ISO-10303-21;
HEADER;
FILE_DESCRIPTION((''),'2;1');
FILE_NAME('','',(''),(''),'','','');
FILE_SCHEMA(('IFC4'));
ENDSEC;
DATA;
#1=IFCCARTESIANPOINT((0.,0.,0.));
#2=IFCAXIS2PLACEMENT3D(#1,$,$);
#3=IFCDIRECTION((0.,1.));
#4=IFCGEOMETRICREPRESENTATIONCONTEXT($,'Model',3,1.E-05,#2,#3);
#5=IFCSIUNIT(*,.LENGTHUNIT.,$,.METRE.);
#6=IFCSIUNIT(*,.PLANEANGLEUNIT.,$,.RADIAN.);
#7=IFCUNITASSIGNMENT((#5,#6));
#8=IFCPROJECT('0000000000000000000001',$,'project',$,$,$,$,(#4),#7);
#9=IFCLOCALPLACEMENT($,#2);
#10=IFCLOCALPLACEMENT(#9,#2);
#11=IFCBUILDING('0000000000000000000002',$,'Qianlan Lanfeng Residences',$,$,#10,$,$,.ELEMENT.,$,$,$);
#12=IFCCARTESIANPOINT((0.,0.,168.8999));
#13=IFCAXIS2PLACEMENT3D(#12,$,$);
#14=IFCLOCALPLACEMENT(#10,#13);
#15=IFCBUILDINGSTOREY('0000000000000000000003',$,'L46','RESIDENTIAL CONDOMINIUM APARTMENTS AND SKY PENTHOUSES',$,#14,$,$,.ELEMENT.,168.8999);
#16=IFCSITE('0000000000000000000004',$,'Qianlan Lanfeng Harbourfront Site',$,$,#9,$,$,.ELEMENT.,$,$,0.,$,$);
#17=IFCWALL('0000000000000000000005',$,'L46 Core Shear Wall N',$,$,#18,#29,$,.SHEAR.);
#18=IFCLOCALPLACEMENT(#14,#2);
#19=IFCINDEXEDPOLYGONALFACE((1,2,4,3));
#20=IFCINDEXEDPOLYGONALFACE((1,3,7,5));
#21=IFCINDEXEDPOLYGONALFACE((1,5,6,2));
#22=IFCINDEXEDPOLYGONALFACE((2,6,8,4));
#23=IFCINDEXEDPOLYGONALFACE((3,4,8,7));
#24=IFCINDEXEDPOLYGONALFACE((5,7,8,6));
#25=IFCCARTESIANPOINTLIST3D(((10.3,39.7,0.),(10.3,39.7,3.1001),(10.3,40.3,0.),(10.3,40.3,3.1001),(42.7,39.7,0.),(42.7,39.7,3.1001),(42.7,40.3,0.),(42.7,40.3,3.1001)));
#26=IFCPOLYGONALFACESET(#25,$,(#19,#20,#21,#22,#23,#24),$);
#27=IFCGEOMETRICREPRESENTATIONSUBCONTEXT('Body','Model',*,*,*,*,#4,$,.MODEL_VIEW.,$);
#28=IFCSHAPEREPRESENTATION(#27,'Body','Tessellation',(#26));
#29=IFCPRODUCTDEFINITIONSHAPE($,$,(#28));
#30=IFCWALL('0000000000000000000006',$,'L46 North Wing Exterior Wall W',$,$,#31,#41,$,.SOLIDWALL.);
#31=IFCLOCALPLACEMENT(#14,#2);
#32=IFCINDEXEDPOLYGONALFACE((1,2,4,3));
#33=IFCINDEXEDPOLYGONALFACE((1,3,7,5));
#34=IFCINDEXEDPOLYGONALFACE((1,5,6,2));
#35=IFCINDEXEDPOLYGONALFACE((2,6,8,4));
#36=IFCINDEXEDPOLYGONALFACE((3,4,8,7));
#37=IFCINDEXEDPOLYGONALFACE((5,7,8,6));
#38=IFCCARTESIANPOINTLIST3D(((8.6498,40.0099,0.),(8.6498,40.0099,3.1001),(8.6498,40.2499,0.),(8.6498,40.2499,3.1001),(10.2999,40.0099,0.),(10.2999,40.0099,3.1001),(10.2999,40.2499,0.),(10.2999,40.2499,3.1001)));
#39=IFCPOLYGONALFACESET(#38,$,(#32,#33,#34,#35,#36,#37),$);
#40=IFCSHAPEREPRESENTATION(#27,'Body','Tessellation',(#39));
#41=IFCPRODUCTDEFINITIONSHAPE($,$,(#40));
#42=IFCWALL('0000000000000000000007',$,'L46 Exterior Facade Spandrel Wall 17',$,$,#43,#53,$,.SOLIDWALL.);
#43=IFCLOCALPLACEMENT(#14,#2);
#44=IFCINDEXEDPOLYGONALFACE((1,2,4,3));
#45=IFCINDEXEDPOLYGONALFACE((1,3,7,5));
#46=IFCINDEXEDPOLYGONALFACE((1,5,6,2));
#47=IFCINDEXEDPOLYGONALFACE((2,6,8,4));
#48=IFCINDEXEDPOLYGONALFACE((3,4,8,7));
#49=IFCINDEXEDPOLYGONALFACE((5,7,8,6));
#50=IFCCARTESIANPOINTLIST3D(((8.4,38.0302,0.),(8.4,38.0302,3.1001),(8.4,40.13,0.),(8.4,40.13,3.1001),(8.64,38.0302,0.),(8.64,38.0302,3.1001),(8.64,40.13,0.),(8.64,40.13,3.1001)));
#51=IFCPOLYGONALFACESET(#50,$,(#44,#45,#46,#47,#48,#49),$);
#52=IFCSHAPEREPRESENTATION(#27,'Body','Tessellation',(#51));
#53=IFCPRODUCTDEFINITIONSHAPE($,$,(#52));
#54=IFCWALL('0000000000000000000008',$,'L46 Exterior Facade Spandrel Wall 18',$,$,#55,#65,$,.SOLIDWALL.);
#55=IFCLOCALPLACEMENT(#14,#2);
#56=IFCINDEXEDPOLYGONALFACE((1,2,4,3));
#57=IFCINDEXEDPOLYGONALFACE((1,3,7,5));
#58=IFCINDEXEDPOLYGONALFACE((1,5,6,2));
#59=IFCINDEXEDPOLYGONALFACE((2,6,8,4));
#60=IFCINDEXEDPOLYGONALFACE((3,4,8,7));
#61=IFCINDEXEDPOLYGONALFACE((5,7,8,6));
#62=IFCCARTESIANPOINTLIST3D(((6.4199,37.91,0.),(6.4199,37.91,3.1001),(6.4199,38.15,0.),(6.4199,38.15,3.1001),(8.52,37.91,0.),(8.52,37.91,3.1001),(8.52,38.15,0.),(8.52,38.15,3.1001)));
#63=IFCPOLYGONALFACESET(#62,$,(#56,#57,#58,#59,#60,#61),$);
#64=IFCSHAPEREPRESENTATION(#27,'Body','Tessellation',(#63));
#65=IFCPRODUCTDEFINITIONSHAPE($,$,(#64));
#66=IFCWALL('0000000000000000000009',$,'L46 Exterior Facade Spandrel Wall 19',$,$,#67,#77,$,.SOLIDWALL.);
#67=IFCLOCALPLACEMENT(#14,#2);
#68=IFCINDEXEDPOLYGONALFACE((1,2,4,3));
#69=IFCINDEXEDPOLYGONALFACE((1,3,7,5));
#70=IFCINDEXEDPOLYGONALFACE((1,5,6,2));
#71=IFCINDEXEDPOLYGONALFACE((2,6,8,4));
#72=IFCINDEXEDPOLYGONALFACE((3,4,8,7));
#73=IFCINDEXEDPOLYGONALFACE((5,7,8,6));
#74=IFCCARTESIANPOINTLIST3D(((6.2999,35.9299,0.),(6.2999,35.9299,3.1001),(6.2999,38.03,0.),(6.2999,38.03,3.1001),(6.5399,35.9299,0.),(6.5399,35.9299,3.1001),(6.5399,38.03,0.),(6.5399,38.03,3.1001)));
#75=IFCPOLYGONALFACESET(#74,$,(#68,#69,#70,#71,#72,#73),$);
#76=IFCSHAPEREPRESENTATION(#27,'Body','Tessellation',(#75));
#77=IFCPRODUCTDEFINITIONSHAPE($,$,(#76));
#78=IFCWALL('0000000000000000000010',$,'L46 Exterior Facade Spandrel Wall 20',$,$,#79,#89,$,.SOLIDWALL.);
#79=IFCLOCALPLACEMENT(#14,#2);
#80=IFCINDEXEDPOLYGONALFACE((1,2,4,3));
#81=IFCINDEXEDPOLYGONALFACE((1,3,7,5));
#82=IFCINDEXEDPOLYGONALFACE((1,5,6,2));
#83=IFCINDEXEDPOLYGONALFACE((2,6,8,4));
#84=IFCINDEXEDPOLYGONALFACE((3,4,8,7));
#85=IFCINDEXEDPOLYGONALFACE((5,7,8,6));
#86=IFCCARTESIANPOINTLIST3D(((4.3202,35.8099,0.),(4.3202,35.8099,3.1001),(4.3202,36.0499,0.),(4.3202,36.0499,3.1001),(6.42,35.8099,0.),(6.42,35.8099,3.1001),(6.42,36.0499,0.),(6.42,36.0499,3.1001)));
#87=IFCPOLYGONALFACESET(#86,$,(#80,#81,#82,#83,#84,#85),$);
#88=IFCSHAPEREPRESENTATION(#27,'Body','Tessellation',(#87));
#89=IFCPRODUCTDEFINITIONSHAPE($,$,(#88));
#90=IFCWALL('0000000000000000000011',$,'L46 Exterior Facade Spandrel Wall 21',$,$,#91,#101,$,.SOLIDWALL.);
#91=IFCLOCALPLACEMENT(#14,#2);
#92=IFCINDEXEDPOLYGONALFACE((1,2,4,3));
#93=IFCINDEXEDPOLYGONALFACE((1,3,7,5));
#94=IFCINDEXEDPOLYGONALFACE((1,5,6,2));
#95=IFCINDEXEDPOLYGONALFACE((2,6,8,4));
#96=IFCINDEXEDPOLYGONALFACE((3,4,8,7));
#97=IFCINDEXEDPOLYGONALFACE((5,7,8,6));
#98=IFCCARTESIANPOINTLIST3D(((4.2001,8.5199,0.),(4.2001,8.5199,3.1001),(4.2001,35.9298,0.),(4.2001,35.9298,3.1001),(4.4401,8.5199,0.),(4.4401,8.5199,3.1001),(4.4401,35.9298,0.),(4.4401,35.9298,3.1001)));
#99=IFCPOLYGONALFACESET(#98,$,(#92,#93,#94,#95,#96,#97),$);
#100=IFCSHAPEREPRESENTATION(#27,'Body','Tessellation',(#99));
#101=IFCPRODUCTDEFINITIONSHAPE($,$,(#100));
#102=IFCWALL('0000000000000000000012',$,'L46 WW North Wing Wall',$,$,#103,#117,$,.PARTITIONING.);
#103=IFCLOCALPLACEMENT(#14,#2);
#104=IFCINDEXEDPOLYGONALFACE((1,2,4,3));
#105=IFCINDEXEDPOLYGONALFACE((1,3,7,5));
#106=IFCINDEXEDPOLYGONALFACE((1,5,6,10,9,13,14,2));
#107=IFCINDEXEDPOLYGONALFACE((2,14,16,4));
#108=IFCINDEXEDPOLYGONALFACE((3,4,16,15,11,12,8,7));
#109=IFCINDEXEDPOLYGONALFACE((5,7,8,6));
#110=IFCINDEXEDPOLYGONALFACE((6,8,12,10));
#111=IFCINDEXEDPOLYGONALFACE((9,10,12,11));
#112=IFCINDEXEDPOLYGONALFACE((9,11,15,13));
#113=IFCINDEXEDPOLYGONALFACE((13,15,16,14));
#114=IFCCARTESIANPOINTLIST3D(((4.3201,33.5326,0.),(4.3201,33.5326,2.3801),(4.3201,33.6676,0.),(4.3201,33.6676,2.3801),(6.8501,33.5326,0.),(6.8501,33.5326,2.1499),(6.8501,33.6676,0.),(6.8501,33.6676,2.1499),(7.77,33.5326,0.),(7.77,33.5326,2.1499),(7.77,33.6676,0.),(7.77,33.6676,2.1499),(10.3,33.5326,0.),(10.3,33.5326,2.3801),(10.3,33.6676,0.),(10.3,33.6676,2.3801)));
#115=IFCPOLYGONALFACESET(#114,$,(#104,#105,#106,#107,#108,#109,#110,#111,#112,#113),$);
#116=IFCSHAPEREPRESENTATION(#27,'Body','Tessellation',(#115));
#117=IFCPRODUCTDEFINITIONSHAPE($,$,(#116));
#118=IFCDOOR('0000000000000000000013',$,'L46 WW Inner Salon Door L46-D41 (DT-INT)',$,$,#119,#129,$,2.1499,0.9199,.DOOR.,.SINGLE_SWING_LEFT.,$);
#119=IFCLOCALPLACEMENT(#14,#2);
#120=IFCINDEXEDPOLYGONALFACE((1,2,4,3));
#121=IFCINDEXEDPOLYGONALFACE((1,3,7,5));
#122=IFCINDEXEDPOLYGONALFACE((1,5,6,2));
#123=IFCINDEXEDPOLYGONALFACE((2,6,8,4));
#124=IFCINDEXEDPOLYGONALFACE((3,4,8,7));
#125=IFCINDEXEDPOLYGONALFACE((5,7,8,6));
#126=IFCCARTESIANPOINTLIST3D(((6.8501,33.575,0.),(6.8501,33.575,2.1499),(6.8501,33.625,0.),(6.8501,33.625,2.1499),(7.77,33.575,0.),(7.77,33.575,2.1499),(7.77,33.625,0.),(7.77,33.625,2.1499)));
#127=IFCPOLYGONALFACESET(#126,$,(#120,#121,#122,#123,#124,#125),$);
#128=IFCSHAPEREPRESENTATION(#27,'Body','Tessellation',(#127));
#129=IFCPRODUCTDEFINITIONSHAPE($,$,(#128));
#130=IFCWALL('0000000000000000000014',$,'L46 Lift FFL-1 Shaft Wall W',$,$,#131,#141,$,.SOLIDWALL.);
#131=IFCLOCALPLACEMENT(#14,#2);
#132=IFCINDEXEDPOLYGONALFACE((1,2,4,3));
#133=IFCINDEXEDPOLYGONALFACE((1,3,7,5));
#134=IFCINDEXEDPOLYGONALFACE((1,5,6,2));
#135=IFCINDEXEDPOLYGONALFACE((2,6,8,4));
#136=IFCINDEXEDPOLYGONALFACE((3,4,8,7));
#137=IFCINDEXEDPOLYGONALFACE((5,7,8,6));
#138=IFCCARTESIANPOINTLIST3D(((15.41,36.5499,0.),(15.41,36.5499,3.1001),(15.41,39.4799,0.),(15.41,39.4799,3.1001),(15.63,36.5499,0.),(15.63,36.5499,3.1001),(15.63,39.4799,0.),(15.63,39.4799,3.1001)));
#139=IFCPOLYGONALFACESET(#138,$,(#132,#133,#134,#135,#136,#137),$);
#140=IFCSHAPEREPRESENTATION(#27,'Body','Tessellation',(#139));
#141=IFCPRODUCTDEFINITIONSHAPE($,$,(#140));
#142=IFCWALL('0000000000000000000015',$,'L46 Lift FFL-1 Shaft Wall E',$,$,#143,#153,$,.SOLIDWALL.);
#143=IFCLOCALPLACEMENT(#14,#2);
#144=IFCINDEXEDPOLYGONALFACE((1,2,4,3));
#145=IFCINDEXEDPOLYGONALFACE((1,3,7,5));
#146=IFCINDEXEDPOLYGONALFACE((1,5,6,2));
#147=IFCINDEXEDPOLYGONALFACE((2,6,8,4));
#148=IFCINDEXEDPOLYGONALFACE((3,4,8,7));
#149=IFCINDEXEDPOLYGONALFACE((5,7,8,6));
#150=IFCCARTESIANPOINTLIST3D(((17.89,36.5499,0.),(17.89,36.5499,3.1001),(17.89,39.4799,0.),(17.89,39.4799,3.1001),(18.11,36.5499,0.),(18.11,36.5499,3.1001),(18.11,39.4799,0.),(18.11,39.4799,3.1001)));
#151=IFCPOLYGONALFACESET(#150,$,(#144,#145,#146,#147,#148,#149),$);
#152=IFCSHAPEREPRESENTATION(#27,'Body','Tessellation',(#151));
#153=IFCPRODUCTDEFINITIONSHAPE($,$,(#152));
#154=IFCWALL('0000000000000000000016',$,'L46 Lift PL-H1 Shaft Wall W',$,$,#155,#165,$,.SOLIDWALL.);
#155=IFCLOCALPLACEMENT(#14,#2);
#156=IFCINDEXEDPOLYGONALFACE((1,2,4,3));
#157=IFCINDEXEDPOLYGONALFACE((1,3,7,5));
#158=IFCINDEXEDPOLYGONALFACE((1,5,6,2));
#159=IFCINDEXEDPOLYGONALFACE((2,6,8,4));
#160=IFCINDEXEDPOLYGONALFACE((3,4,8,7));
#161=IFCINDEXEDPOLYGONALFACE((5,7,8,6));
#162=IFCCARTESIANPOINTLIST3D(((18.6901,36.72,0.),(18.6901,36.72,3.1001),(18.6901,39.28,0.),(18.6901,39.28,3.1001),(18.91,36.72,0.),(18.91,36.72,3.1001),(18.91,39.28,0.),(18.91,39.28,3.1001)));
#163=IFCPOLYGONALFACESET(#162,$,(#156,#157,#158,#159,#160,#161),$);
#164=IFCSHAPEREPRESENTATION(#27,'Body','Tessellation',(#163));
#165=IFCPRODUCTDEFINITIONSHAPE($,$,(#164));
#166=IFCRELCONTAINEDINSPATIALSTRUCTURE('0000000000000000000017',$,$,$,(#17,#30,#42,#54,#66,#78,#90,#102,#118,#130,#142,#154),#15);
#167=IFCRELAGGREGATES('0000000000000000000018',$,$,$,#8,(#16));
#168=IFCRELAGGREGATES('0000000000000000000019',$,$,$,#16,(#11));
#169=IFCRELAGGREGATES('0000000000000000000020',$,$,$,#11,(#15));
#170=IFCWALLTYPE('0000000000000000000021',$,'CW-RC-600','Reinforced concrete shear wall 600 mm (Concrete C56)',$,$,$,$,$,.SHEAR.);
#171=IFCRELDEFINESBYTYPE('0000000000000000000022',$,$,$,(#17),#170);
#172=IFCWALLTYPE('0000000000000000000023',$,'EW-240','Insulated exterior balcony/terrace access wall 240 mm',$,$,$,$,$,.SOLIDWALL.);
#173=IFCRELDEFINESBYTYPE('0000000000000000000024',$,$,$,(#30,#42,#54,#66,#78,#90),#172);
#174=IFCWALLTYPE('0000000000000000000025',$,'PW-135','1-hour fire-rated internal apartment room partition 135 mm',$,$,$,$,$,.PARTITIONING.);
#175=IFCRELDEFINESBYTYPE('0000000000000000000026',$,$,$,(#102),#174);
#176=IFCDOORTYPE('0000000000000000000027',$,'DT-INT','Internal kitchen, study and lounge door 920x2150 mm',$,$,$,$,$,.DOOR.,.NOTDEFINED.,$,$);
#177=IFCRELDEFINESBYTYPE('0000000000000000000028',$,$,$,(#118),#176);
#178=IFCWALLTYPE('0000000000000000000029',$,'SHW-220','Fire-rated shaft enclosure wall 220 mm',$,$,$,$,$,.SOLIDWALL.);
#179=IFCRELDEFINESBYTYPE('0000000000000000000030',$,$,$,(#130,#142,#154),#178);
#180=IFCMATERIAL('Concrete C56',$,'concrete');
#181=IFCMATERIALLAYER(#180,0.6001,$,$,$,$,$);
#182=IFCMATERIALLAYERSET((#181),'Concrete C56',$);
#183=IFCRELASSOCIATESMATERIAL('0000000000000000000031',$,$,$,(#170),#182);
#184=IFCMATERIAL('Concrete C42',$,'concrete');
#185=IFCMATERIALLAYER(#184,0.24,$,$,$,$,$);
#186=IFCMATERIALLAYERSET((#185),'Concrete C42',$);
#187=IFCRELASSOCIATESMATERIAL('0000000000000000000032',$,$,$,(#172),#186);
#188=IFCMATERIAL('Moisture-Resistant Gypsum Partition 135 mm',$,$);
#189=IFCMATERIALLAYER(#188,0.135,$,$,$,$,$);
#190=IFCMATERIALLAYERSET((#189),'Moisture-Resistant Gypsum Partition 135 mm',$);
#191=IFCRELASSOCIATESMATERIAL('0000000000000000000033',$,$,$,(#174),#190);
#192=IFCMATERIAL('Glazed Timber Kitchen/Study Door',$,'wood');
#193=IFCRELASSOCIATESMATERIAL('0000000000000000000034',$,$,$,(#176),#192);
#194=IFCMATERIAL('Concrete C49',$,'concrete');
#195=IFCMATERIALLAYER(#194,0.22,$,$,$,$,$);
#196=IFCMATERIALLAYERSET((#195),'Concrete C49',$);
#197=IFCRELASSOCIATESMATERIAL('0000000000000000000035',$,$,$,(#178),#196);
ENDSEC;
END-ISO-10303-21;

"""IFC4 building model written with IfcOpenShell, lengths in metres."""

from ifc_helpers import new_model, si_unit, direction, frame, frame_2d, origin, place, context, subcontext, project, spatial, rectangle, extrude, material, layer, layer_set, type_object, element, fill, save


model = new_model("IFC4")

# Units and contexts
model_context = context("Model", 3, precision=1e-05, world=origin(), true_north=direction((0.0, 1.0)))
body_context = subcontext(model_context, "Body", "Model", "MODEL_VIEW")
ifc_project = project(units=[si_unit("LENGTHUNIT", "METRE"), si_unit("PLANEANGLEUNIT", "RADIAN")], contexts=[model_context])

# Site, building, storey
site_placement = place(None, origin())
site = spatial("IfcSite", under=ifc_project, at=site_placement, Name="Qianlan Lanfeng Harbourfront Site", CompositionType="ELEMENT", RefElevation=0.0)
building_placement = place(site_placement, origin())
building = spatial("IfcBuilding", under=site, at=building_placement, Name="Qianlan Lanfeng Residences", CompositionType="ELEMENT")
storey_placement = place(building_placement, frame((0.0, 0.0, 168.8999)))
storey = spatial("IfcBuildingStorey", under=building, at=storey_placement, Name="L46", Description="RESIDENTIAL CONDOMINIUM APARTMENTS AND SKY PENTHOUSES", CompositionType="ELEMENT", Elevation=168.8999)

# Shared definitions
ifc_material_1 = material(Name="Concrete C56", Category="concrete")

# Walls
ifc_layer_1 = layer(ifc_material_1, 0.6001)
ifc_layer_set_1 = layer_set([ifc_layer_1], Name="Concrete C56")
wall_type_1 = type_object("IfcWallType", Name="CW-RC-600", Description="Reinforced concrete shear wall 600 mm (Concrete C56)", PredefinedType="SHEAR", material=ifc_layer_set_1)
wall_1_placement = place(storey_placement, frame((10.3, 40.0, 0.0), z_axis=(0.0, 0.0, 1.0), x_axis=(1.0, 0.0, 0.0)))
element("IfcWall", 1, at=wall_1_placement, inside=storey, type_object=wall_type_1, Name="L46 Core Shear Wall N", PredefinedType="SHEAR", context=body_context, shape_type="SweptSolid", body=[
    extrude(rectangle(XDim=32.3999, YDim=0.6001, at=frame_2d((16.2, 0.0))), origin(), (0.0, 0.0, 1.0), 3.1001),
])
ifc_material_2 = material(Name="Concrete C42", Category="concrete")
ifc_layer_2 = layer(ifc_material_2, 0.24)
ifc_layer_set_2 = layer_set([ifc_layer_2], Name="Concrete C42")
wall_type_2 = type_object("IfcWallType", Name="EW-240", Description="Insulated exterior balcony/terrace access wall 240 mm", PredefinedType="SOLIDWALL", material=ifc_layer_set_2)
wall_2_placement = place(storey_placement, frame((10.3, 40.1299, 0.0), z_axis=(0.0, 0.0, 1.0), x_axis=(-1.0, 0.0, 0.0)))
element("IfcWall", 2, at=wall_2_placement, inside=storey, type_object=wall_type_2, Name="L46 North Wing Exterior Wall W", PredefinedType="SOLIDWALL", context=body_context, shape_type="SweptSolid", body=[
    extrude(rectangle(XDim=1.6501, YDim=0.24, at=frame_2d((0.8252, 0.0))), origin(), (0.0, 0.0, 1.0), 3.1001),
])
wall_3_placement = place(storey_placement, frame((8.52, 40.1299, 0.0), z_axis=(0.0, 0.0, 1.0), x_axis=(0.0, -1.0, 0.0)))
element("IfcWall", 3, at=wall_3_placement, inside=storey, type_object=wall_type_2, Name="L46 Exterior Facade Spandrel Wall 17", PredefinedType="SOLIDWALL", context=body_context, shape_type="SweptSolid", body=[
    extrude(rectangle(XDim=2.0999, YDim=0.24, at=frame_2d((1.0498, 0.0))), origin(), (0.0, 0.0, 1.0), 3.1001),
])
for number, where, z_axis, x_axis, name in (
    (4, (8.52, 38.03, 0.0), (0.0, 0.0, 1.0), (-1.0, 0.0, 0.0), "L46 Exterior Facade Spandrel Wall 18"),
    (5, (6.4199, 38.03, 0.0), (0.0, 0.0, 1.0), (0.0, -1.0, 0.0), "L46 Exterior Facade Spandrel Wall 19"),
):
    element("IfcWall", number, at=place(storey_placement, frame(where, z_axis=z_axis, x_axis=x_axis)), inside=storey, type_object=wall_type_2, Name=name, PredefinedType="SOLIDWALL", context=body_context, shape_type="SweptSolid", body=[
        extrude(rectangle(XDim=2.1001, YDim=0.24, at=frame_2d((1.05, 0.0))), origin(), (0.0, 0.0, 1.0), 3.1001),
    ])
wall_4_placement = place(storey_placement, frame((6.4199, 35.9299, 0.0), z_axis=(0.0, 0.0, 1.0), x_axis=(-1.0, 0.0, 0.0)))
element("IfcWall", 6, at=wall_4_placement, inside=storey, type_object=wall_type_2, Name="L46 Exterior Facade Spandrel Wall 20", PredefinedType="SOLIDWALL", context=body_context, shape_type="SweptSolid", body=[
    extrude(rectangle(XDim=2.0999, YDim=0.24, at=frame_2d((1.0498, 0.0))), origin(), (0.0, 0.0, 1.0), 3.1001),
])
wall_5_placement = place(storey_placement, frame((4.3201, 35.9299, 0.0), z_axis=(0.0, 0.0, 1.0), x_axis=(0.0, -1.0, 0.0)))
element("IfcWall", 7, at=wall_5_placement, inside=storey, type_object=wall_type_2, Name="L46 Exterior Facade Spandrel Wall 21", PredefinedType="SOLIDWALL", context=body_context, shape_type="SweptSolid", body=[
    extrude(rectangle(XDim=27.4099, YDim=0.24, at=frame_2d((13.7051, 0.0))), origin(), (0.0, 0.0, 1.0), 3.1001),
])

# Wall, opening, door
ifc_material_3 = material(Name="Moisture-Resistant Gypsum Partition 135 mm")
ifc_layer_3 = layer(ifc_material_3, 0.135)
ifc_layer_set_3 = layer_set([ifc_layer_3], Name="Moisture-Resistant Gypsum Partition 135 mm")
wall_type_3 = type_object("IfcWallType", Name="PW-135", Description="1-hour fire-rated internal apartment room partition 135 mm", PredefinedType="PARTITIONING", material=ifc_layer_set_3)
wall_6_placement = place(storey_placement, frame((4.3201, 33.6001, 0.0), z_axis=(0.0, 0.0, 1.0), x_axis=(1.0, 0.0, 0.0)))
wall_6 = element("IfcWall", 8, at=wall_6_placement, inside=storey, type_object=wall_type_3, Name="L46 WW North Wing Wall", PredefinedType="PARTITIONING", context=body_context, shape_type="SweptSolid", body=[
    extrude(rectangle(XDim=5.98, YDim=0.135, at=frame_2d((2.99, 0.0))), origin(), (0.0, 0.0, 1.0), 2.3801),
])
opening_1_placement = place(wall_6_placement, frame((2.53, 0.0, 0.0)))
opening_1 = element("IfcOpeningElement", 9, at=opening_1_placement, cuts=wall_6, PredefinedType="OPENING", context=body_context, shape_type="SweptSolid", body=[
    extrude(rectangle(XDim=0.9199, YDim=2.1499, at=frame_2d((0.46, 1.075))), frame((0.0, 0.0776, 0.0), z_axis=(0.0, -1.0, 0.0), x_axis=(1.0, 0.0, 0.0)), (0.0, 0.0, 1.0), 0.155),
])
ifc_material_4 = material(Name="Glazed Timber Kitchen/Study Door", Category="wood")
door_type_1 = type_object("IfcDoorType", Name="DT-INT", Description="Internal kitchen, study and lounge door 920x2150 mm", OperationType="NOTDEFINED", PredefinedType="DOOR", material=ifc_material_4)
door_1_placement = place(opening_1_placement, origin())
door_1 = element("IfcDoor", 10, at=door_1_placement, inside=storey, type_object=door_type_1, Name="L46 WW Inner Salon Door L46-D41 (DT-INT)", OperationType="SINGLE_SWING_LEFT", OverallHeight=2.1499, OverallWidth=0.9199, PredefinedType="DOOR", context=body_context, shape_type="SweptSolid", body=[
    extrude(rectangle(XDim=0.9199, YDim=2.1499, at=frame_2d((0.46, 1.075))), frame((0.0, 0.0249, 0.0), z_axis=(0.0, -1.0, 0.0), x_axis=(1.0, 0.0, 0.0)), (0.0, 0.0, 1.0), 0.05),
])
fill(opening_1, door_1)

# Walls
ifc_material_5 = material(Name="Concrete C49", Category="concrete")
ifc_layer_4 = layer(ifc_material_5, 0.22)
ifc_layer_set_4 = layer_set([ifc_layer_4], Name="Concrete C49")
wall_type_4 = type_object("IfcWallType", Name="SHW-220", Description="Fire-rated shaft enclosure wall 220 mm", PredefinedType="SOLIDWALL", material=ifc_layer_set_4)
for number, where, z_axis, x_axis, name in (
    (11, (15.52, 36.55, 0.0), (0.0, 0.0, 1.0), (0.0, 1.0, 0.0), "L46 Lift FFL-1 Shaft Wall W"),
    (12, (18.0, 36.55, 0.0), (0.0, 0.0, 1.0), (0.0, 1.0, 0.0), "L46 Lift FFL-1 Shaft Wall E"),
):
    element("IfcWall", number, at=place(storey_placement, frame(where, z_axis=z_axis, x_axis=x_axis)), inside=storey, type_object=wall_type_4, Name=name, PredefinedType="SOLIDWALL", context=body_context, shape_type="SweptSolid", body=[
        extrude(rectangle(XDim=2.9299, YDim=0.22, at=frame_2d((1.4648, 0.0))), origin(), (0.0, 0.0, 1.0), 3.1001),
    ])
wall_7_placement = place(storey_placement, frame((18.8, 36.72, 0.0), z_axis=(0.0, 0.0, 1.0), x_axis=(0.0, 1.0, 0.0)))
element("IfcWall", 13, at=wall_7_placement, inside=storey, type_object=wall_type_4, Name="L46 Lift PL-H1 Shaft Wall W", PredefinedType="SOLIDWALL", context=body_context, shape_type="SweptSolid", body=[
    extrude(rectangle(XDim=2.5601, YDim=0.22, at=frame_2d((1.28, 0.0))), origin(), (0.0, 0.0, 1.0), 3.1001),
])

save(model, "model.ifc")
